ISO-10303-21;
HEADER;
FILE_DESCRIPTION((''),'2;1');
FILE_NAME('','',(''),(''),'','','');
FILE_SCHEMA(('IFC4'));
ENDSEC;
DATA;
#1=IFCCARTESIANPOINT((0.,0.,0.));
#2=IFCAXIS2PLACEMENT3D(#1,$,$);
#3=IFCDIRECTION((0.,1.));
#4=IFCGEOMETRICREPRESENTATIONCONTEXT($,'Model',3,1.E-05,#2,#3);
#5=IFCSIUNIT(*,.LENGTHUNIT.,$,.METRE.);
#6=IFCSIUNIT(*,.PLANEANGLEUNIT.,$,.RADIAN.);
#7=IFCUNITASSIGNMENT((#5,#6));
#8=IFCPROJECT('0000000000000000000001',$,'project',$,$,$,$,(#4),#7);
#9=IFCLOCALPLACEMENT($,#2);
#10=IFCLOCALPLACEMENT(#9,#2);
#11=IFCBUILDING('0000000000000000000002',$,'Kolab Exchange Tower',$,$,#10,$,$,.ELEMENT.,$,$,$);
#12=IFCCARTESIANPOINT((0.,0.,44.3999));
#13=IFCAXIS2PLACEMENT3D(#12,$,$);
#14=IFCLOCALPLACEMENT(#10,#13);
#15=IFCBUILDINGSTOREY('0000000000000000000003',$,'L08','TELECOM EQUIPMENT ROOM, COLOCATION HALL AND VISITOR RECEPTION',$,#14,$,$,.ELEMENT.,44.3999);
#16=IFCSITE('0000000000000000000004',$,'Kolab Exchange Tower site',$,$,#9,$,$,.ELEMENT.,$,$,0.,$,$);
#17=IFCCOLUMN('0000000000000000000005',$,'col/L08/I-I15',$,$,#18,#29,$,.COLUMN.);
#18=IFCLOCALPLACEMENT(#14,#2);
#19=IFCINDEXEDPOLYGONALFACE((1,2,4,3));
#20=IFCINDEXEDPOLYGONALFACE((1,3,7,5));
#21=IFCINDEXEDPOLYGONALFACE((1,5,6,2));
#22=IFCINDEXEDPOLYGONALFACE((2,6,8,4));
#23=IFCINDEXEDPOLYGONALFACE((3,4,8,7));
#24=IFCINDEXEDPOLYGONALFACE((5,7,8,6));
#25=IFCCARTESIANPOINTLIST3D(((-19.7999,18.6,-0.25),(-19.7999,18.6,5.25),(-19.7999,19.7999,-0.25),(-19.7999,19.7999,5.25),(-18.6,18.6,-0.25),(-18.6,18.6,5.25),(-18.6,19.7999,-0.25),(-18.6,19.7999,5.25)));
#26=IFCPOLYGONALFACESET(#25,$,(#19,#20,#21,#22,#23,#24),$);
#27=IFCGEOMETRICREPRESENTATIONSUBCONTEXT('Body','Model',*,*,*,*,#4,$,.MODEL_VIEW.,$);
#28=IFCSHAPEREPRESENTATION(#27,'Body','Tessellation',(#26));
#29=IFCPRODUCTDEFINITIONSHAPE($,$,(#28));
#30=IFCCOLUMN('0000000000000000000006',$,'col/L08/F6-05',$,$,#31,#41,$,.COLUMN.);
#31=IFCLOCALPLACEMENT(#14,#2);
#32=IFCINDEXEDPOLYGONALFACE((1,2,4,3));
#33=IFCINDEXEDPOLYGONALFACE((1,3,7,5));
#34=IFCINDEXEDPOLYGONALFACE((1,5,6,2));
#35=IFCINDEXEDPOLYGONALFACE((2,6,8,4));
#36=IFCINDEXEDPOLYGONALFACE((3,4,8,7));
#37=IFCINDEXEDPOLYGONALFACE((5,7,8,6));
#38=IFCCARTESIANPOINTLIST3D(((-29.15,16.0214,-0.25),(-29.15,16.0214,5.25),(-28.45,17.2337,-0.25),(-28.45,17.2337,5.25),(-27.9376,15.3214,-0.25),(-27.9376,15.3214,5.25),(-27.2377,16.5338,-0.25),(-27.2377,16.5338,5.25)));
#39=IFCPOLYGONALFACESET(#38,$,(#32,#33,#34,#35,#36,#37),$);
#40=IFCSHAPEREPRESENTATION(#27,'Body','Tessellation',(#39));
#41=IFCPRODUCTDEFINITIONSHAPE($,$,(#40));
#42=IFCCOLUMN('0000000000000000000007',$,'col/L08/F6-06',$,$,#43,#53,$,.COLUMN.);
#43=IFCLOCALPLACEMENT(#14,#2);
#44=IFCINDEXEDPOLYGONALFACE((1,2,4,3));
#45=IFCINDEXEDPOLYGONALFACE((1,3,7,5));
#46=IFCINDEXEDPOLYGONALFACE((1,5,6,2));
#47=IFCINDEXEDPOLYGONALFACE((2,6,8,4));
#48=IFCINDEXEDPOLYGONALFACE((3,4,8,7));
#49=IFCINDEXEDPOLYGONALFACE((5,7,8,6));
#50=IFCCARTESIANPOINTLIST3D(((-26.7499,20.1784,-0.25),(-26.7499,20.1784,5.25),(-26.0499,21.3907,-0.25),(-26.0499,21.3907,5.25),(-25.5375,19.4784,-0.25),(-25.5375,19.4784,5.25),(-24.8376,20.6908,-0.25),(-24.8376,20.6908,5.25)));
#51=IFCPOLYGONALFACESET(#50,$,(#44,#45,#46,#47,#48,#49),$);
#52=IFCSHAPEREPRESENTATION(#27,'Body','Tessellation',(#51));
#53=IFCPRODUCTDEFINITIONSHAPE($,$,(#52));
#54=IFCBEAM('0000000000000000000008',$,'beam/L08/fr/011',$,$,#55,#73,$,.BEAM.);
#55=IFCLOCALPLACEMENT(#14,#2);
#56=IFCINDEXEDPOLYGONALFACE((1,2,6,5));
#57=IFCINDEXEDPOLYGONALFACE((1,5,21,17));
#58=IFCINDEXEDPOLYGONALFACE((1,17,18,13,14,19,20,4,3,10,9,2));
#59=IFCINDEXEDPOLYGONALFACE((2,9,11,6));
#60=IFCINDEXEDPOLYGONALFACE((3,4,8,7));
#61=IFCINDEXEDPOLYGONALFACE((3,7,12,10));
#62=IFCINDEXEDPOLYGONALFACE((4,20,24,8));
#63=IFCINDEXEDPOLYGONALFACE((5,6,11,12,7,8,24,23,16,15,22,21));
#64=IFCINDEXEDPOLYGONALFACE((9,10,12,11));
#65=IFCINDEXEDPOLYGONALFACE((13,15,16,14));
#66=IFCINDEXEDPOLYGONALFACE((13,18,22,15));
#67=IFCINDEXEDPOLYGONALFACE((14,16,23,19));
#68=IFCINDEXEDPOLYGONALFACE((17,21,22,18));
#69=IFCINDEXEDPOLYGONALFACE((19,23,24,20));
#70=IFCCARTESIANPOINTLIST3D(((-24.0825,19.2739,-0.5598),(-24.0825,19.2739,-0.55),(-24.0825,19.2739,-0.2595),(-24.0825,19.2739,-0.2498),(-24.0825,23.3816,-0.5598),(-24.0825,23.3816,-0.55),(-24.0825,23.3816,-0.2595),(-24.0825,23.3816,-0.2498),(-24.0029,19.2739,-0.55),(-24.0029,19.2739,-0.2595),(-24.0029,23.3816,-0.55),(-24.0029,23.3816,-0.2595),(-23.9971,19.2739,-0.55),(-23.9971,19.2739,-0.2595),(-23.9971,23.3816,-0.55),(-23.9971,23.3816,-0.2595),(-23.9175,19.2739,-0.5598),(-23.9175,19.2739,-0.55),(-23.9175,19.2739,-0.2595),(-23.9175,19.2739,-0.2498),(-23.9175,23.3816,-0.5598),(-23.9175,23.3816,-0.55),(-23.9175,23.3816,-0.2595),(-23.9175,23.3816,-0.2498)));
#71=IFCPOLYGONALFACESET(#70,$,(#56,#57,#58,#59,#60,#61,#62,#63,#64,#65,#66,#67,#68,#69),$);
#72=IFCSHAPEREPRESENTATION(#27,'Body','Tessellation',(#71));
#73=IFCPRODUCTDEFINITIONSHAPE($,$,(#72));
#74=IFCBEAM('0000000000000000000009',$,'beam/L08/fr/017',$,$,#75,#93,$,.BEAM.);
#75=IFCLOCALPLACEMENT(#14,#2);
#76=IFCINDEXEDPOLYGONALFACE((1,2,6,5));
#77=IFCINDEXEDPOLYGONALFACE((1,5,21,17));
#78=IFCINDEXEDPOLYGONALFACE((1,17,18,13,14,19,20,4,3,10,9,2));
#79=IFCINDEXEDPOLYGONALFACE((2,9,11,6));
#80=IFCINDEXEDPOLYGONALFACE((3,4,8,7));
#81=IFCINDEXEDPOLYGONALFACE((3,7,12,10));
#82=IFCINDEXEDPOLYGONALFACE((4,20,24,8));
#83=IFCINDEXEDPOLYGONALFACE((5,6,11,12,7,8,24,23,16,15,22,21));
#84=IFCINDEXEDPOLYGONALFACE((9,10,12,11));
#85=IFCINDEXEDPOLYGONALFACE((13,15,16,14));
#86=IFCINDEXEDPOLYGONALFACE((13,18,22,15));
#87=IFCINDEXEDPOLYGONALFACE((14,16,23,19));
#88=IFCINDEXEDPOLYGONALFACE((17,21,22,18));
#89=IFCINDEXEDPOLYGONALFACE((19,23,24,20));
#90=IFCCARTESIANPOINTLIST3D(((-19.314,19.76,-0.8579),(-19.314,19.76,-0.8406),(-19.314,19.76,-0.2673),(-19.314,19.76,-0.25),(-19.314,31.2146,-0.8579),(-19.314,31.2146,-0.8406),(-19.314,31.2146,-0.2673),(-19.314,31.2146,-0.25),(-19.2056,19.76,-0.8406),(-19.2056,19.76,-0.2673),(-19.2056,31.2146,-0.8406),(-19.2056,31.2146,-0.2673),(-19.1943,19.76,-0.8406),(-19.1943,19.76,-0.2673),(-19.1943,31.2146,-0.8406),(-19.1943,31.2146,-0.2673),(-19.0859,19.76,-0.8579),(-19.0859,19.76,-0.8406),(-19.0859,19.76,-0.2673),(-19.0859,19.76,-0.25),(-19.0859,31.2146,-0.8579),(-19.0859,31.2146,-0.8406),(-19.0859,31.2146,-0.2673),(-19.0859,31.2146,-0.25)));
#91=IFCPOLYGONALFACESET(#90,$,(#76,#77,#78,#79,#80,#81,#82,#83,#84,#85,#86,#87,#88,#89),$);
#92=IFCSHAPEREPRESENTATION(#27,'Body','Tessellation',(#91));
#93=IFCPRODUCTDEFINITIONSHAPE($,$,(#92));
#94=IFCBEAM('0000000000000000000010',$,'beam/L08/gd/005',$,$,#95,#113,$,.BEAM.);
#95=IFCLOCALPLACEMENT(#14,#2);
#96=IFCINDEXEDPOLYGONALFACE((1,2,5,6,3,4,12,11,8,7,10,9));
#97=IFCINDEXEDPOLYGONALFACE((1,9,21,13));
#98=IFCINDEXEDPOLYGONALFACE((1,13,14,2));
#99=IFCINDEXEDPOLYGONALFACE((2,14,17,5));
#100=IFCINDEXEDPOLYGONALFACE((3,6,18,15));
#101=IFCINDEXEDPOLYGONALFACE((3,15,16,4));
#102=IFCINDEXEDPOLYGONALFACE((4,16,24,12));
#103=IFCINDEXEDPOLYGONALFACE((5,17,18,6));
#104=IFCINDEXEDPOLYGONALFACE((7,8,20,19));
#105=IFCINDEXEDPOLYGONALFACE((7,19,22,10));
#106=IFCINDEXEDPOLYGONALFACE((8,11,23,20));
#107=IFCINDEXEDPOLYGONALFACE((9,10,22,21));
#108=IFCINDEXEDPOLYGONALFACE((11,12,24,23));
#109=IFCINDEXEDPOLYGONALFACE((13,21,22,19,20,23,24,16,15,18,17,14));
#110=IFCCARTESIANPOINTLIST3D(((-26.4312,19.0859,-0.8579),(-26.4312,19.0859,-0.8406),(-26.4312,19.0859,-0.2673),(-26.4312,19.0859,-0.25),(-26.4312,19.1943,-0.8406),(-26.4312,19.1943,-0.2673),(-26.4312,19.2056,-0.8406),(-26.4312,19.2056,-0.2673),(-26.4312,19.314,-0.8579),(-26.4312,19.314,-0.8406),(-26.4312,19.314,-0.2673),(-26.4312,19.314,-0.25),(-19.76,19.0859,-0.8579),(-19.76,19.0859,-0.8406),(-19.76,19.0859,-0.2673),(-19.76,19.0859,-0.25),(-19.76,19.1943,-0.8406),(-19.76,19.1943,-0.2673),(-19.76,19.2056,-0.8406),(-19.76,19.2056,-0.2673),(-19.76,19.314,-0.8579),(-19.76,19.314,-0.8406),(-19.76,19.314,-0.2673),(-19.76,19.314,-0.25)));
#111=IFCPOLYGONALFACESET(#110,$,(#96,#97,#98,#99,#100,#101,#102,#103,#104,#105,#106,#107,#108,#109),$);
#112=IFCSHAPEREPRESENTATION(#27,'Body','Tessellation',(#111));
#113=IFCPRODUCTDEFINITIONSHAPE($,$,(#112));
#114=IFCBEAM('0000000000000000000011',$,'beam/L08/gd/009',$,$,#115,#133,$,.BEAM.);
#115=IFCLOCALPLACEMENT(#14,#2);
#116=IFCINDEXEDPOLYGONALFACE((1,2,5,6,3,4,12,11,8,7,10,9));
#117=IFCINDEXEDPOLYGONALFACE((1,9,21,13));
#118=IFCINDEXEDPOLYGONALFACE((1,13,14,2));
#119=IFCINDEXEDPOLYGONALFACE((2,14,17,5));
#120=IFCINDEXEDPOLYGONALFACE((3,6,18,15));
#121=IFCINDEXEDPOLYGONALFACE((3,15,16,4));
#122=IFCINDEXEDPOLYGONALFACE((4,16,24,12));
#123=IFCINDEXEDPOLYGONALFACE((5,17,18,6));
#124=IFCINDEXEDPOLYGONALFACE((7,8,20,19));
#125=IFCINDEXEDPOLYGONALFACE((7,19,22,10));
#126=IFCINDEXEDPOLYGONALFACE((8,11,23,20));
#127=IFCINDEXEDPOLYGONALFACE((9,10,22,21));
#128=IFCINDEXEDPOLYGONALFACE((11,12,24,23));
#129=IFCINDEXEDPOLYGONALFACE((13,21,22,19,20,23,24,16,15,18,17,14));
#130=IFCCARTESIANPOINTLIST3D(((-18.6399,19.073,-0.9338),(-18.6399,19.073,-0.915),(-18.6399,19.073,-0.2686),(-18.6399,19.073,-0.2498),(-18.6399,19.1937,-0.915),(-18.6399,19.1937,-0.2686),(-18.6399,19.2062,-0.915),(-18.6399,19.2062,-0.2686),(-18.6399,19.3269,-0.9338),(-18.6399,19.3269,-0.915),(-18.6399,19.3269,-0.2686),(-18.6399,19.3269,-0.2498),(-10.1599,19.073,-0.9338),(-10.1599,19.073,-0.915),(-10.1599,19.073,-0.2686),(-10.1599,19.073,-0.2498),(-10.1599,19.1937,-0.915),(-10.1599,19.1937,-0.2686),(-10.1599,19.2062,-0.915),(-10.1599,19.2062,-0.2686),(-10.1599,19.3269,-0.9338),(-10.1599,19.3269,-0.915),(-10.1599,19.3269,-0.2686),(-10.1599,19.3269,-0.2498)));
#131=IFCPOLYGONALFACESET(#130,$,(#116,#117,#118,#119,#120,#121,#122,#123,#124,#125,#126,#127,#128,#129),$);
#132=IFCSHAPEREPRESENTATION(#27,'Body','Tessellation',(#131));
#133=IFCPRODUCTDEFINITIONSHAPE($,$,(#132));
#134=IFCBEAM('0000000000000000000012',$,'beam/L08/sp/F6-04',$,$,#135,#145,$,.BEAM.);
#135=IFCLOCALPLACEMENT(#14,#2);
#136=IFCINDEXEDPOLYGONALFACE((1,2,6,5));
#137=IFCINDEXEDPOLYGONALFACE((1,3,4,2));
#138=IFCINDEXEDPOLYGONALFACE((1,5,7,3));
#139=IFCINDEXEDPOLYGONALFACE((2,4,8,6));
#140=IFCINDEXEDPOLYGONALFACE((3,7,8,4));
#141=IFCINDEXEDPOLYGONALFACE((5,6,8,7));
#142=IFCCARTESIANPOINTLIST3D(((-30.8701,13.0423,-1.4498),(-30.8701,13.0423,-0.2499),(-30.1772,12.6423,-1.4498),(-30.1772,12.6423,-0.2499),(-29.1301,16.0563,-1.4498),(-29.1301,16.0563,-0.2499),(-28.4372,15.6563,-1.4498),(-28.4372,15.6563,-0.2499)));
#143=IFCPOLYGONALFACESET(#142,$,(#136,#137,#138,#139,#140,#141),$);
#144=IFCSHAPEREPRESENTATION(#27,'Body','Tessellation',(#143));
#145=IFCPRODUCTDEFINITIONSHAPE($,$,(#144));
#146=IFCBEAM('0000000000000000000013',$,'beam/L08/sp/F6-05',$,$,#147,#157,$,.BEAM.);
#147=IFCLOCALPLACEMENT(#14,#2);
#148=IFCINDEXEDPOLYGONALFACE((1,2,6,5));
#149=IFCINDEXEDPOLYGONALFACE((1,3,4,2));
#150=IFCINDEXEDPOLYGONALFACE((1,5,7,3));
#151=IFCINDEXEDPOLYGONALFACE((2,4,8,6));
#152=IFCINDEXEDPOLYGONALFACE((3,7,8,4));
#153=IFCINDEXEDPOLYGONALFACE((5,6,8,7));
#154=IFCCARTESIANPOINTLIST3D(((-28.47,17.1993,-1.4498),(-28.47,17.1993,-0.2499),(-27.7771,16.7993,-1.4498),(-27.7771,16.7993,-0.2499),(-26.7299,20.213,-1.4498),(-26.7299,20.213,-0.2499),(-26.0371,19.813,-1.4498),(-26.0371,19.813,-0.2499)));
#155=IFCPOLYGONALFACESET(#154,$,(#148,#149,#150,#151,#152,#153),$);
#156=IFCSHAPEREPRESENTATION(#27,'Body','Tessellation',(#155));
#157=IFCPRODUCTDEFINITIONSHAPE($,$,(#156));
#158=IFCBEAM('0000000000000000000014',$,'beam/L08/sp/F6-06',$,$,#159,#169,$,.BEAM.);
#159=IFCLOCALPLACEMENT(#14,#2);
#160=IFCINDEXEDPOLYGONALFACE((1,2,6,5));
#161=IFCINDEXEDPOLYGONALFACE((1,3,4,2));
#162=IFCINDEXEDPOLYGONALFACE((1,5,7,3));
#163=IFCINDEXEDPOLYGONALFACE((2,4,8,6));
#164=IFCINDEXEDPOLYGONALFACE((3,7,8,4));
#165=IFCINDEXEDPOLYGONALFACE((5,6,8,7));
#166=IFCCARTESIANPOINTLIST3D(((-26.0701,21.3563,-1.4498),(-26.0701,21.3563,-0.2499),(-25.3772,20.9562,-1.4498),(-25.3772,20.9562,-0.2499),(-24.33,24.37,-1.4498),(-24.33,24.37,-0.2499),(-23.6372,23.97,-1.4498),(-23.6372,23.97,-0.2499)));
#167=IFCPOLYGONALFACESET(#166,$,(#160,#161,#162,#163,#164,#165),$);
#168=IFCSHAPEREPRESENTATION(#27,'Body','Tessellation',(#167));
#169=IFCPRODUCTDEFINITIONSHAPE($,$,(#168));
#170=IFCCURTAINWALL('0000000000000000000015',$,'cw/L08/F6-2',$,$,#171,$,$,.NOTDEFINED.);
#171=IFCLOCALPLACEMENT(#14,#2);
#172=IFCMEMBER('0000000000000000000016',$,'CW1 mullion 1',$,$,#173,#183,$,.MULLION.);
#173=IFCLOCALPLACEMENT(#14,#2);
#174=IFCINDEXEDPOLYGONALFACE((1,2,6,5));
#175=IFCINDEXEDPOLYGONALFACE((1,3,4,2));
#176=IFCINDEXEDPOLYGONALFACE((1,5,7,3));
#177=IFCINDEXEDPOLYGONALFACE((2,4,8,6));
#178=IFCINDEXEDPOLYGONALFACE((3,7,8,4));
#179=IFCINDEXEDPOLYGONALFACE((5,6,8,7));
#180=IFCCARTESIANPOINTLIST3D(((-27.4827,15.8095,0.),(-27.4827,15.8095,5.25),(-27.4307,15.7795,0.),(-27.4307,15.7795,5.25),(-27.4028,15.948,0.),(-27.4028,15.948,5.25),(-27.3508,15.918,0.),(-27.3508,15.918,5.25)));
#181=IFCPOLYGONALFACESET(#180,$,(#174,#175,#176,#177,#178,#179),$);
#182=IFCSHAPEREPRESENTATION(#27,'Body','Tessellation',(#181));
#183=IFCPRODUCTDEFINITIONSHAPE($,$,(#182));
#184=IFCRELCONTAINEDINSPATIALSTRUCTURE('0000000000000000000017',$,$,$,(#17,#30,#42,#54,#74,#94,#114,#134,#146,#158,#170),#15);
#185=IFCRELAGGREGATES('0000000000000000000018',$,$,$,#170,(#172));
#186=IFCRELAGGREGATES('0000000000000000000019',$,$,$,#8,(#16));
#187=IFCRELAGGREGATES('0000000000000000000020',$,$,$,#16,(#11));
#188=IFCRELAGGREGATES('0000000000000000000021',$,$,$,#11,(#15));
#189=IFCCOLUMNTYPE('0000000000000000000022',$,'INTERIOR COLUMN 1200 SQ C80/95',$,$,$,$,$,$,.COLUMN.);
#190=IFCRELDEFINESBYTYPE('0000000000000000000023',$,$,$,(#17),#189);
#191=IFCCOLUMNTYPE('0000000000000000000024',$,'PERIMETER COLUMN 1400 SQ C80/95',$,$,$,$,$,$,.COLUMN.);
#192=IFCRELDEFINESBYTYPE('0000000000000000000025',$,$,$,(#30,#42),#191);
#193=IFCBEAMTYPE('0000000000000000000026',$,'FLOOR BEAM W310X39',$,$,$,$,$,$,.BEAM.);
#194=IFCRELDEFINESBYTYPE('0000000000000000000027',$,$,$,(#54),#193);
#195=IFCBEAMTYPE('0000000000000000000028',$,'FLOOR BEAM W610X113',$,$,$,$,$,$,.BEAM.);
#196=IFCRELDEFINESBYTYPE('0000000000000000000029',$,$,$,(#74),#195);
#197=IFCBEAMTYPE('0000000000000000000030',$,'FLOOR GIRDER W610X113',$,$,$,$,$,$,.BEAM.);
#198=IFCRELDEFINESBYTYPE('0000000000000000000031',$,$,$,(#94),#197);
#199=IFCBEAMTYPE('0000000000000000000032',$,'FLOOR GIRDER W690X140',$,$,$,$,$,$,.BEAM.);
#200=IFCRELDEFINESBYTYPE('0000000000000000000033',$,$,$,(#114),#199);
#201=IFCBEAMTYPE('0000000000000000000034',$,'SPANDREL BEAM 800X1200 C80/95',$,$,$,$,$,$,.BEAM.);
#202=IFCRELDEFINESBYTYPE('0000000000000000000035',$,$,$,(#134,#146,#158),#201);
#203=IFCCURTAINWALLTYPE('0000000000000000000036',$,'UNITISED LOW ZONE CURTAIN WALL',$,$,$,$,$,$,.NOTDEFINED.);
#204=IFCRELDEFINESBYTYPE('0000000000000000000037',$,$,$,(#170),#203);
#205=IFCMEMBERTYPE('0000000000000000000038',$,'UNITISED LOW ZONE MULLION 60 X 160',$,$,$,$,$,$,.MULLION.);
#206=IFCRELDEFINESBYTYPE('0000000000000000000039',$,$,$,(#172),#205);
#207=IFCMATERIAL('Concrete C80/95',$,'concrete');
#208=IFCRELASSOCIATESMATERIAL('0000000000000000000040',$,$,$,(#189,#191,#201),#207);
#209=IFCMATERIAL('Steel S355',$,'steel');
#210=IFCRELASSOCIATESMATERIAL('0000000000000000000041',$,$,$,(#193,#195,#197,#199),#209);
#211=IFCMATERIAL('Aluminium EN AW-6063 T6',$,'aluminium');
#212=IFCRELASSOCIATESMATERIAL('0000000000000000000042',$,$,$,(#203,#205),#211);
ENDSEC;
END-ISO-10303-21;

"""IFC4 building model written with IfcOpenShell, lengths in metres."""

from ifc_helpers import new_model, si_unit, direction, frame, origin, origin_2d, place, context, subcontext, project, spatial, rectangle, i_section, extrude, material, material_profile, profile_set, type_object, element, aggregate, save


model = new_model("IFC4")

# Units and contexts
model_context = context("Model", 3, precision=1e-05, world=origin(), true_north=direction((0.0, 1.0)))
body_context = subcontext(model_context, "Body", "Model", "MODEL_VIEW")
ifc_project = project(units=[si_unit("LENGTHUNIT", "METRE"), si_unit("PLANEANGLEUNIT", "RADIAN")], contexts=[model_context])

# Site, building, storey
site_placement = place(None, origin())
site = spatial("IfcSite", under=ifc_project, at=site_placement, Name="Kolab Exchange Tower site", CompositionType="ELEMENT", RefElevation=0.0)
building_placement = place(site_placement, origin())
building = spatial("IfcBuilding", under=site, at=building_placement, Name="Kolab Exchange Tower", CompositionType="ELEMENT")
storey_placement = place(building_placement, frame((0.0, 0.0, 44.3999)))
storey = spatial("IfcBuildingStorey", under=building, at=storey_placement, Name="L08", Description="TELECOM EQUIPMENT ROOM, COLOCATION HALL AND VISITOR RECEPTION", CompositionType="ELEMENT", Elevation=44.3999)

# Columns
ifc_material_1 = material(Name="Concrete C80/95", Category="concrete")
ifc_material_profile_1 = material_profile(ifc_material_1, rectangle(XDim=1.2, YDim=1.2, at=origin_2d()), Name="RC1200")
ifc_profile_set_1 = profile_set([ifc_material_profile_1], Name="Concrete C80/95")
column_type_1 = type_object("IfcColumnType", Name="INTERIOR COLUMN 1200 SQ C80/95", PredefinedType="COLUMN", material=ifc_profile_set_1)
column_placement = place(storey_placement, frame((-19.2, 19.2, -0.25), z_axis=(0.0, 0.0, 1.0), x_axis=(1.0, 0.0, 0.0)))
element("IfcColumn", 1, at=column_placement, inside=storey, type_object=column_type_1, Name="col/L08/I-I15", PredefinedType="COLUMN", context=body_context, shape_type="SweptSolid", body=[
    extrude(rectangle(XDim=1.2, YDim=1.2, at=origin_2d()), origin(), (0.0, 0.0, 1.0), 5.5),
])
ifc_material_profile_2 = material_profile(ifc_material_1, rectangle(XDim=1.3999, YDim=1.3999, at=origin_2d()), Name="RC1400")
ifc_profile_set_2 = profile_set([ifc_material_profile_2], Name="Concrete C80/95")
column_type_2 = type_object("IfcColumnType", Name="PERIMETER COLUMN 1400 SQ C80/95", PredefinedType="COLUMN", material=ifc_profile_set_2)
for number, where, z_axis, x_axis, name in (
    (2, (-28.1938, 16.2776, -0.25), (0.0, 0.0, 1.0), (0.5, 0.866025, 0.0), "col/L08/F6-05"),
    (3, (-25.7937, 20.4346, -0.25), (0.0, 0.0, 1.0), (0.5, 0.866025, 0.0), "col/L08/F6-06"),
):
    element("IfcColumn", number, at=place(storey_placement, frame(where, z_axis=z_axis, x_axis=x_axis)), inside=storey, type_object=column_type_2, Name=name, PredefinedType="COLUMN", context=body_context, shape_type="SweptSolid", body=[
        extrude(rectangle(XDim=1.3999, YDim=1.3999, at=origin_2d()), origin(), (0.0, 0.0, 1.0), 5.5),
    ])

# Beams
ifc_material_2 = material(Name="Steel S355", Category="steel")
ifc_material_profile_3 = material_profile(ifc_material_2, i_section(OverallWidth=0.165, OverallDepth=0.3101, WebThickness=0.0059, FlangeThickness=0.0098, at=origin_2d()), Name="W310X39")
ifc_profile_set_3 = profile_set([ifc_material_profile_3], Name="Steel S355")
beam_type_1 = type_object("IfcBeamType", Name="FLOOR BEAM W310X39", PredefinedType="BEAM", material=ifc_profile_set_3)
beam_1_placement = place(storey_placement, frame((-24.0, 19.2739, -0.4048), z_axis=(0.0, 1.0, 0.0), x_axis=(-1.0, 0.0, 0.0)))
element("IfcBeam", 4, at=beam_1_placement, inside=storey, type_object=beam_type_1, Name="beam/L08/fr/011", PredefinedType="BEAM", context=body_context, shape_type="SweptSolid", body=[
    extrude(i_section(OverallWidth=0.165, OverallDepth=0.3101, WebThickness=0.0059, FlangeThickness=0.0098, at=origin_2d()), origin(), (0.0, 0.0, 1.0), 4.1077),
])
ifc_material_profile_4 = material_profile(ifc_material_2, i_section(OverallWidth=0.228, OverallDepth=0.6079, WebThickness=0.0112, FlangeThickness=0.0173, at=origin_2d()), Name="W610X113")
ifc_profile_set_4 = profile_set([ifc_material_profile_4], Name="Steel S355")
beam_type_2 = type_object("IfcBeamType", Name="FLOOR BEAM W610X113", PredefinedType="BEAM", material=ifc_profile_set_4)
beam_2_placement = place(storey_placement, frame((-19.2, 19.76, -0.554), z_axis=(0.0, 1.0, 0.0), x_axis=(-1.0, 0.0, 0.0)))
element("IfcBeam", 5, at=beam_2_placement, inside=storey, type_object=beam_type_2, Name="beam/L08/fr/017", PredefinedType="BEAM", context=body_context, shape_type="SweptSolid", body=[
    extrude(i_section(OverallWidth=0.228, OverallDepth=0.6079, WebThickness=0.0112, FlangeThickness=0.0173, at=origin_2d()), origin(), (0.0, 0.0, 1.0), 11.4546),
])
ifc_material_profile_5 = material_profile(ifc_material_2, i_section(OverallWidth=0.228, OverallDepth=0.6079, WebThickness=0.0112, FlangeThickness=0.0173, at=origin_2d()), Name="W610X113")
ifc_profile_set_5 = profile_set([ifc_material_profile_5], Name="Steel S355")
beam_type_3 = type_object("IfcBeamType", Name="FLOOR GIRDER W610X113", PredefinedType="BEAM", material=ifc_profile_set_5)
beam_3_placement = place(storey_placement, frame((-26.4312, 19.2, -0.554), z_axis=(1.0, 0.0, 0.0), x_axis=(0.0, 1.0, 0.0)))
element("IfcBeam", 6, at=beam_3_placement, inside=storey, type_object=beam_type_3, Name="beam/L08/gd/005", PredefinedType="BEAM", context=body_context, shape_type="SweptSolid", body=[
    extrude(i_section(OverallWidth=0.228, OverallDepth=0.6079, WebThickness=0.0112, FlangeThickness=0.0173, at=origin_2d()), origin(), (0.0, 0.0, 1.0), 6.6711),
])
ifc_material_profile_6 = material_profile(ifc_material_2, i_section(OverallWidth=0.2539, OverallDepth=0.6841, WebThickness=0.0125, FlangeThickness=0.0188, at=origin_2d()), Name="W690X140")
ifc_profile_set_6 = profile_set([ifc_material_profile_6], Name="Steel S355")
beam_type_4 = type_object("IfcBeamType", Name="FLOOR GIRDER W690X140", PredefinedType="BEAM", material=ifc_profile_set_6)
beam_4_placement = place(storey_placement, frame((-18.6399, 19.2, -0.5918), z_axis=(1.0, 0.0, 0.0), x_axis=(0.0, 1.0, 0.0)))
element("IfcBeam", 7, at=beam_4_placement, inside=storey, type_object=beam_type_4, Name="beam/L08/gd/009", PredefinedType="BEAM", context=body_context, shape_type="SweptSolid", body=[
    extrude(i_section(OverallWidth=0.2539, OverallDepth=0.6841, WebThickness=0.0125, FlangeThickness=0.0188, at=origin_2d()), origin(), (0.0, 0.0, 1.0), 8.48),
])
ifc_material_profile_7 = material_profile(ifc_material_1, rectangle(XDim=0.8, YDim=1.2, at=origin_2d()), Name="RC800X1200")
ifc_profile_set_7 = profile_set([ifc_material_profile_7], Name="Concrete C80/95")
beam_type_5 = type_object("IfcBeamType", Name="SPANDREL BEAM 800X1200 C80/95", PredefinedType="BEAM", material=ifc_profile_set_7)
beam_5_placement = place(storey_placement, frame((-30.5237, 12.8423, -0.8499), z_axis=(0.49998, 0.866037, 0.0), x_axis=(-0.866037, 0.49998, 0.0)))
element("IfcBeam", 8, at=beam_5_placement, inside=storey, type_object=beam_type_5, Name="beam/L08/sp/F6-04", PredefinedType="BEAM", context=body_context, shape_type="SweptSolid", body=[
    extrude(rectangle(XDim=0.8, YDim=1.2, at=origin_2d()), origin(), (0.0, 0.0, 1.0), 3.4802),
])
for number, where, z_axis, x_axis, name in (
    (9, (-28.1235, 16.9993, -0.8499), (0.50001, 0.86602, 0.0), (-0.86602, 0.50001, 0.0), "beam/L08/sp/F6-05"),
    (10, (-25.7236, 21.1562, -0.8499), (0.50001, 0.86602, 0.0), (-0.86602, 0.50001, 0.0), "beam/L08/sp/F6-06"),
):
    element("IfcBeam", number, at=place(storey_placement, frame(where, z_axis=z_axis, x_axis=x_axis)), inside=storey, type_object=beam_type_5, Name=name, PredefinedType="BEAM", context=body_context, shape_type="SweptSolid", body=[
        extrude(rectangle(XDim=0.8, YDim=1.2, at=origin_2d()), origin(), (0.0, 0.0, 1.0), 3.48),
    ])

# Curtain wall, member
ifc_material_3 = material(Name="Aluminium EN AW-6063 T6", Category="aluminium")
curtain_wall_type = type_object("IfcCurtainWallType", Name="UNITISED LOW ZONE CURTAIN WALL", PredefinedType="NOTDEFINED", material=ifc_material_3)
curtain_wall_placement = place(storey_placement, origin())
curtain_wall = element("IfcCurtainWall", 11, at=curtain_wall_placement, inside=storey, type_object=curtain_wall_type, Name="cw/L08/F6-2", PredefinedType="NOTDEFINED")
ifc_material_profile_8 = material_profile(ifc_material_3, rectangle(XDim=0.0601, YDim=0.1599, at=origin_2d()), Name="RECT 60X160")
ifc_profile_set_8 = profile_set([ifc_material_profile_8], Name="Aluminium EN AW-6063 T6")
member_type_1 = type_object("IfcMemberType", Name="UNITISED LOW ZONE MULLION 60 X 160", PredefinedType="MULLION", material=ifc_profile_set_8)
member_1_placement = place(storey_placement, frame((-27.4167, 15.8638, 0.0), z_axis=(0.0, 0.0, 1.0), x_axis=(-0.866025, 0.5, 0.0)))
member_1 = element("IfcMember", 12, at=member_1_placement, type_object=member_type_1, Name="CW1 mullion 1", PredefinedType="MULLION", context=body_context, shape_type="SweptSolid", body=[
    extrude(rectangle(XDim=0.0601, YDim=0.1599, at=origin_2d()), origin(), (0.0, 0.0, 1.0), 5.25),
])
aggregate(curtain_wall, [member_1])

save(model, "model.ifc")
